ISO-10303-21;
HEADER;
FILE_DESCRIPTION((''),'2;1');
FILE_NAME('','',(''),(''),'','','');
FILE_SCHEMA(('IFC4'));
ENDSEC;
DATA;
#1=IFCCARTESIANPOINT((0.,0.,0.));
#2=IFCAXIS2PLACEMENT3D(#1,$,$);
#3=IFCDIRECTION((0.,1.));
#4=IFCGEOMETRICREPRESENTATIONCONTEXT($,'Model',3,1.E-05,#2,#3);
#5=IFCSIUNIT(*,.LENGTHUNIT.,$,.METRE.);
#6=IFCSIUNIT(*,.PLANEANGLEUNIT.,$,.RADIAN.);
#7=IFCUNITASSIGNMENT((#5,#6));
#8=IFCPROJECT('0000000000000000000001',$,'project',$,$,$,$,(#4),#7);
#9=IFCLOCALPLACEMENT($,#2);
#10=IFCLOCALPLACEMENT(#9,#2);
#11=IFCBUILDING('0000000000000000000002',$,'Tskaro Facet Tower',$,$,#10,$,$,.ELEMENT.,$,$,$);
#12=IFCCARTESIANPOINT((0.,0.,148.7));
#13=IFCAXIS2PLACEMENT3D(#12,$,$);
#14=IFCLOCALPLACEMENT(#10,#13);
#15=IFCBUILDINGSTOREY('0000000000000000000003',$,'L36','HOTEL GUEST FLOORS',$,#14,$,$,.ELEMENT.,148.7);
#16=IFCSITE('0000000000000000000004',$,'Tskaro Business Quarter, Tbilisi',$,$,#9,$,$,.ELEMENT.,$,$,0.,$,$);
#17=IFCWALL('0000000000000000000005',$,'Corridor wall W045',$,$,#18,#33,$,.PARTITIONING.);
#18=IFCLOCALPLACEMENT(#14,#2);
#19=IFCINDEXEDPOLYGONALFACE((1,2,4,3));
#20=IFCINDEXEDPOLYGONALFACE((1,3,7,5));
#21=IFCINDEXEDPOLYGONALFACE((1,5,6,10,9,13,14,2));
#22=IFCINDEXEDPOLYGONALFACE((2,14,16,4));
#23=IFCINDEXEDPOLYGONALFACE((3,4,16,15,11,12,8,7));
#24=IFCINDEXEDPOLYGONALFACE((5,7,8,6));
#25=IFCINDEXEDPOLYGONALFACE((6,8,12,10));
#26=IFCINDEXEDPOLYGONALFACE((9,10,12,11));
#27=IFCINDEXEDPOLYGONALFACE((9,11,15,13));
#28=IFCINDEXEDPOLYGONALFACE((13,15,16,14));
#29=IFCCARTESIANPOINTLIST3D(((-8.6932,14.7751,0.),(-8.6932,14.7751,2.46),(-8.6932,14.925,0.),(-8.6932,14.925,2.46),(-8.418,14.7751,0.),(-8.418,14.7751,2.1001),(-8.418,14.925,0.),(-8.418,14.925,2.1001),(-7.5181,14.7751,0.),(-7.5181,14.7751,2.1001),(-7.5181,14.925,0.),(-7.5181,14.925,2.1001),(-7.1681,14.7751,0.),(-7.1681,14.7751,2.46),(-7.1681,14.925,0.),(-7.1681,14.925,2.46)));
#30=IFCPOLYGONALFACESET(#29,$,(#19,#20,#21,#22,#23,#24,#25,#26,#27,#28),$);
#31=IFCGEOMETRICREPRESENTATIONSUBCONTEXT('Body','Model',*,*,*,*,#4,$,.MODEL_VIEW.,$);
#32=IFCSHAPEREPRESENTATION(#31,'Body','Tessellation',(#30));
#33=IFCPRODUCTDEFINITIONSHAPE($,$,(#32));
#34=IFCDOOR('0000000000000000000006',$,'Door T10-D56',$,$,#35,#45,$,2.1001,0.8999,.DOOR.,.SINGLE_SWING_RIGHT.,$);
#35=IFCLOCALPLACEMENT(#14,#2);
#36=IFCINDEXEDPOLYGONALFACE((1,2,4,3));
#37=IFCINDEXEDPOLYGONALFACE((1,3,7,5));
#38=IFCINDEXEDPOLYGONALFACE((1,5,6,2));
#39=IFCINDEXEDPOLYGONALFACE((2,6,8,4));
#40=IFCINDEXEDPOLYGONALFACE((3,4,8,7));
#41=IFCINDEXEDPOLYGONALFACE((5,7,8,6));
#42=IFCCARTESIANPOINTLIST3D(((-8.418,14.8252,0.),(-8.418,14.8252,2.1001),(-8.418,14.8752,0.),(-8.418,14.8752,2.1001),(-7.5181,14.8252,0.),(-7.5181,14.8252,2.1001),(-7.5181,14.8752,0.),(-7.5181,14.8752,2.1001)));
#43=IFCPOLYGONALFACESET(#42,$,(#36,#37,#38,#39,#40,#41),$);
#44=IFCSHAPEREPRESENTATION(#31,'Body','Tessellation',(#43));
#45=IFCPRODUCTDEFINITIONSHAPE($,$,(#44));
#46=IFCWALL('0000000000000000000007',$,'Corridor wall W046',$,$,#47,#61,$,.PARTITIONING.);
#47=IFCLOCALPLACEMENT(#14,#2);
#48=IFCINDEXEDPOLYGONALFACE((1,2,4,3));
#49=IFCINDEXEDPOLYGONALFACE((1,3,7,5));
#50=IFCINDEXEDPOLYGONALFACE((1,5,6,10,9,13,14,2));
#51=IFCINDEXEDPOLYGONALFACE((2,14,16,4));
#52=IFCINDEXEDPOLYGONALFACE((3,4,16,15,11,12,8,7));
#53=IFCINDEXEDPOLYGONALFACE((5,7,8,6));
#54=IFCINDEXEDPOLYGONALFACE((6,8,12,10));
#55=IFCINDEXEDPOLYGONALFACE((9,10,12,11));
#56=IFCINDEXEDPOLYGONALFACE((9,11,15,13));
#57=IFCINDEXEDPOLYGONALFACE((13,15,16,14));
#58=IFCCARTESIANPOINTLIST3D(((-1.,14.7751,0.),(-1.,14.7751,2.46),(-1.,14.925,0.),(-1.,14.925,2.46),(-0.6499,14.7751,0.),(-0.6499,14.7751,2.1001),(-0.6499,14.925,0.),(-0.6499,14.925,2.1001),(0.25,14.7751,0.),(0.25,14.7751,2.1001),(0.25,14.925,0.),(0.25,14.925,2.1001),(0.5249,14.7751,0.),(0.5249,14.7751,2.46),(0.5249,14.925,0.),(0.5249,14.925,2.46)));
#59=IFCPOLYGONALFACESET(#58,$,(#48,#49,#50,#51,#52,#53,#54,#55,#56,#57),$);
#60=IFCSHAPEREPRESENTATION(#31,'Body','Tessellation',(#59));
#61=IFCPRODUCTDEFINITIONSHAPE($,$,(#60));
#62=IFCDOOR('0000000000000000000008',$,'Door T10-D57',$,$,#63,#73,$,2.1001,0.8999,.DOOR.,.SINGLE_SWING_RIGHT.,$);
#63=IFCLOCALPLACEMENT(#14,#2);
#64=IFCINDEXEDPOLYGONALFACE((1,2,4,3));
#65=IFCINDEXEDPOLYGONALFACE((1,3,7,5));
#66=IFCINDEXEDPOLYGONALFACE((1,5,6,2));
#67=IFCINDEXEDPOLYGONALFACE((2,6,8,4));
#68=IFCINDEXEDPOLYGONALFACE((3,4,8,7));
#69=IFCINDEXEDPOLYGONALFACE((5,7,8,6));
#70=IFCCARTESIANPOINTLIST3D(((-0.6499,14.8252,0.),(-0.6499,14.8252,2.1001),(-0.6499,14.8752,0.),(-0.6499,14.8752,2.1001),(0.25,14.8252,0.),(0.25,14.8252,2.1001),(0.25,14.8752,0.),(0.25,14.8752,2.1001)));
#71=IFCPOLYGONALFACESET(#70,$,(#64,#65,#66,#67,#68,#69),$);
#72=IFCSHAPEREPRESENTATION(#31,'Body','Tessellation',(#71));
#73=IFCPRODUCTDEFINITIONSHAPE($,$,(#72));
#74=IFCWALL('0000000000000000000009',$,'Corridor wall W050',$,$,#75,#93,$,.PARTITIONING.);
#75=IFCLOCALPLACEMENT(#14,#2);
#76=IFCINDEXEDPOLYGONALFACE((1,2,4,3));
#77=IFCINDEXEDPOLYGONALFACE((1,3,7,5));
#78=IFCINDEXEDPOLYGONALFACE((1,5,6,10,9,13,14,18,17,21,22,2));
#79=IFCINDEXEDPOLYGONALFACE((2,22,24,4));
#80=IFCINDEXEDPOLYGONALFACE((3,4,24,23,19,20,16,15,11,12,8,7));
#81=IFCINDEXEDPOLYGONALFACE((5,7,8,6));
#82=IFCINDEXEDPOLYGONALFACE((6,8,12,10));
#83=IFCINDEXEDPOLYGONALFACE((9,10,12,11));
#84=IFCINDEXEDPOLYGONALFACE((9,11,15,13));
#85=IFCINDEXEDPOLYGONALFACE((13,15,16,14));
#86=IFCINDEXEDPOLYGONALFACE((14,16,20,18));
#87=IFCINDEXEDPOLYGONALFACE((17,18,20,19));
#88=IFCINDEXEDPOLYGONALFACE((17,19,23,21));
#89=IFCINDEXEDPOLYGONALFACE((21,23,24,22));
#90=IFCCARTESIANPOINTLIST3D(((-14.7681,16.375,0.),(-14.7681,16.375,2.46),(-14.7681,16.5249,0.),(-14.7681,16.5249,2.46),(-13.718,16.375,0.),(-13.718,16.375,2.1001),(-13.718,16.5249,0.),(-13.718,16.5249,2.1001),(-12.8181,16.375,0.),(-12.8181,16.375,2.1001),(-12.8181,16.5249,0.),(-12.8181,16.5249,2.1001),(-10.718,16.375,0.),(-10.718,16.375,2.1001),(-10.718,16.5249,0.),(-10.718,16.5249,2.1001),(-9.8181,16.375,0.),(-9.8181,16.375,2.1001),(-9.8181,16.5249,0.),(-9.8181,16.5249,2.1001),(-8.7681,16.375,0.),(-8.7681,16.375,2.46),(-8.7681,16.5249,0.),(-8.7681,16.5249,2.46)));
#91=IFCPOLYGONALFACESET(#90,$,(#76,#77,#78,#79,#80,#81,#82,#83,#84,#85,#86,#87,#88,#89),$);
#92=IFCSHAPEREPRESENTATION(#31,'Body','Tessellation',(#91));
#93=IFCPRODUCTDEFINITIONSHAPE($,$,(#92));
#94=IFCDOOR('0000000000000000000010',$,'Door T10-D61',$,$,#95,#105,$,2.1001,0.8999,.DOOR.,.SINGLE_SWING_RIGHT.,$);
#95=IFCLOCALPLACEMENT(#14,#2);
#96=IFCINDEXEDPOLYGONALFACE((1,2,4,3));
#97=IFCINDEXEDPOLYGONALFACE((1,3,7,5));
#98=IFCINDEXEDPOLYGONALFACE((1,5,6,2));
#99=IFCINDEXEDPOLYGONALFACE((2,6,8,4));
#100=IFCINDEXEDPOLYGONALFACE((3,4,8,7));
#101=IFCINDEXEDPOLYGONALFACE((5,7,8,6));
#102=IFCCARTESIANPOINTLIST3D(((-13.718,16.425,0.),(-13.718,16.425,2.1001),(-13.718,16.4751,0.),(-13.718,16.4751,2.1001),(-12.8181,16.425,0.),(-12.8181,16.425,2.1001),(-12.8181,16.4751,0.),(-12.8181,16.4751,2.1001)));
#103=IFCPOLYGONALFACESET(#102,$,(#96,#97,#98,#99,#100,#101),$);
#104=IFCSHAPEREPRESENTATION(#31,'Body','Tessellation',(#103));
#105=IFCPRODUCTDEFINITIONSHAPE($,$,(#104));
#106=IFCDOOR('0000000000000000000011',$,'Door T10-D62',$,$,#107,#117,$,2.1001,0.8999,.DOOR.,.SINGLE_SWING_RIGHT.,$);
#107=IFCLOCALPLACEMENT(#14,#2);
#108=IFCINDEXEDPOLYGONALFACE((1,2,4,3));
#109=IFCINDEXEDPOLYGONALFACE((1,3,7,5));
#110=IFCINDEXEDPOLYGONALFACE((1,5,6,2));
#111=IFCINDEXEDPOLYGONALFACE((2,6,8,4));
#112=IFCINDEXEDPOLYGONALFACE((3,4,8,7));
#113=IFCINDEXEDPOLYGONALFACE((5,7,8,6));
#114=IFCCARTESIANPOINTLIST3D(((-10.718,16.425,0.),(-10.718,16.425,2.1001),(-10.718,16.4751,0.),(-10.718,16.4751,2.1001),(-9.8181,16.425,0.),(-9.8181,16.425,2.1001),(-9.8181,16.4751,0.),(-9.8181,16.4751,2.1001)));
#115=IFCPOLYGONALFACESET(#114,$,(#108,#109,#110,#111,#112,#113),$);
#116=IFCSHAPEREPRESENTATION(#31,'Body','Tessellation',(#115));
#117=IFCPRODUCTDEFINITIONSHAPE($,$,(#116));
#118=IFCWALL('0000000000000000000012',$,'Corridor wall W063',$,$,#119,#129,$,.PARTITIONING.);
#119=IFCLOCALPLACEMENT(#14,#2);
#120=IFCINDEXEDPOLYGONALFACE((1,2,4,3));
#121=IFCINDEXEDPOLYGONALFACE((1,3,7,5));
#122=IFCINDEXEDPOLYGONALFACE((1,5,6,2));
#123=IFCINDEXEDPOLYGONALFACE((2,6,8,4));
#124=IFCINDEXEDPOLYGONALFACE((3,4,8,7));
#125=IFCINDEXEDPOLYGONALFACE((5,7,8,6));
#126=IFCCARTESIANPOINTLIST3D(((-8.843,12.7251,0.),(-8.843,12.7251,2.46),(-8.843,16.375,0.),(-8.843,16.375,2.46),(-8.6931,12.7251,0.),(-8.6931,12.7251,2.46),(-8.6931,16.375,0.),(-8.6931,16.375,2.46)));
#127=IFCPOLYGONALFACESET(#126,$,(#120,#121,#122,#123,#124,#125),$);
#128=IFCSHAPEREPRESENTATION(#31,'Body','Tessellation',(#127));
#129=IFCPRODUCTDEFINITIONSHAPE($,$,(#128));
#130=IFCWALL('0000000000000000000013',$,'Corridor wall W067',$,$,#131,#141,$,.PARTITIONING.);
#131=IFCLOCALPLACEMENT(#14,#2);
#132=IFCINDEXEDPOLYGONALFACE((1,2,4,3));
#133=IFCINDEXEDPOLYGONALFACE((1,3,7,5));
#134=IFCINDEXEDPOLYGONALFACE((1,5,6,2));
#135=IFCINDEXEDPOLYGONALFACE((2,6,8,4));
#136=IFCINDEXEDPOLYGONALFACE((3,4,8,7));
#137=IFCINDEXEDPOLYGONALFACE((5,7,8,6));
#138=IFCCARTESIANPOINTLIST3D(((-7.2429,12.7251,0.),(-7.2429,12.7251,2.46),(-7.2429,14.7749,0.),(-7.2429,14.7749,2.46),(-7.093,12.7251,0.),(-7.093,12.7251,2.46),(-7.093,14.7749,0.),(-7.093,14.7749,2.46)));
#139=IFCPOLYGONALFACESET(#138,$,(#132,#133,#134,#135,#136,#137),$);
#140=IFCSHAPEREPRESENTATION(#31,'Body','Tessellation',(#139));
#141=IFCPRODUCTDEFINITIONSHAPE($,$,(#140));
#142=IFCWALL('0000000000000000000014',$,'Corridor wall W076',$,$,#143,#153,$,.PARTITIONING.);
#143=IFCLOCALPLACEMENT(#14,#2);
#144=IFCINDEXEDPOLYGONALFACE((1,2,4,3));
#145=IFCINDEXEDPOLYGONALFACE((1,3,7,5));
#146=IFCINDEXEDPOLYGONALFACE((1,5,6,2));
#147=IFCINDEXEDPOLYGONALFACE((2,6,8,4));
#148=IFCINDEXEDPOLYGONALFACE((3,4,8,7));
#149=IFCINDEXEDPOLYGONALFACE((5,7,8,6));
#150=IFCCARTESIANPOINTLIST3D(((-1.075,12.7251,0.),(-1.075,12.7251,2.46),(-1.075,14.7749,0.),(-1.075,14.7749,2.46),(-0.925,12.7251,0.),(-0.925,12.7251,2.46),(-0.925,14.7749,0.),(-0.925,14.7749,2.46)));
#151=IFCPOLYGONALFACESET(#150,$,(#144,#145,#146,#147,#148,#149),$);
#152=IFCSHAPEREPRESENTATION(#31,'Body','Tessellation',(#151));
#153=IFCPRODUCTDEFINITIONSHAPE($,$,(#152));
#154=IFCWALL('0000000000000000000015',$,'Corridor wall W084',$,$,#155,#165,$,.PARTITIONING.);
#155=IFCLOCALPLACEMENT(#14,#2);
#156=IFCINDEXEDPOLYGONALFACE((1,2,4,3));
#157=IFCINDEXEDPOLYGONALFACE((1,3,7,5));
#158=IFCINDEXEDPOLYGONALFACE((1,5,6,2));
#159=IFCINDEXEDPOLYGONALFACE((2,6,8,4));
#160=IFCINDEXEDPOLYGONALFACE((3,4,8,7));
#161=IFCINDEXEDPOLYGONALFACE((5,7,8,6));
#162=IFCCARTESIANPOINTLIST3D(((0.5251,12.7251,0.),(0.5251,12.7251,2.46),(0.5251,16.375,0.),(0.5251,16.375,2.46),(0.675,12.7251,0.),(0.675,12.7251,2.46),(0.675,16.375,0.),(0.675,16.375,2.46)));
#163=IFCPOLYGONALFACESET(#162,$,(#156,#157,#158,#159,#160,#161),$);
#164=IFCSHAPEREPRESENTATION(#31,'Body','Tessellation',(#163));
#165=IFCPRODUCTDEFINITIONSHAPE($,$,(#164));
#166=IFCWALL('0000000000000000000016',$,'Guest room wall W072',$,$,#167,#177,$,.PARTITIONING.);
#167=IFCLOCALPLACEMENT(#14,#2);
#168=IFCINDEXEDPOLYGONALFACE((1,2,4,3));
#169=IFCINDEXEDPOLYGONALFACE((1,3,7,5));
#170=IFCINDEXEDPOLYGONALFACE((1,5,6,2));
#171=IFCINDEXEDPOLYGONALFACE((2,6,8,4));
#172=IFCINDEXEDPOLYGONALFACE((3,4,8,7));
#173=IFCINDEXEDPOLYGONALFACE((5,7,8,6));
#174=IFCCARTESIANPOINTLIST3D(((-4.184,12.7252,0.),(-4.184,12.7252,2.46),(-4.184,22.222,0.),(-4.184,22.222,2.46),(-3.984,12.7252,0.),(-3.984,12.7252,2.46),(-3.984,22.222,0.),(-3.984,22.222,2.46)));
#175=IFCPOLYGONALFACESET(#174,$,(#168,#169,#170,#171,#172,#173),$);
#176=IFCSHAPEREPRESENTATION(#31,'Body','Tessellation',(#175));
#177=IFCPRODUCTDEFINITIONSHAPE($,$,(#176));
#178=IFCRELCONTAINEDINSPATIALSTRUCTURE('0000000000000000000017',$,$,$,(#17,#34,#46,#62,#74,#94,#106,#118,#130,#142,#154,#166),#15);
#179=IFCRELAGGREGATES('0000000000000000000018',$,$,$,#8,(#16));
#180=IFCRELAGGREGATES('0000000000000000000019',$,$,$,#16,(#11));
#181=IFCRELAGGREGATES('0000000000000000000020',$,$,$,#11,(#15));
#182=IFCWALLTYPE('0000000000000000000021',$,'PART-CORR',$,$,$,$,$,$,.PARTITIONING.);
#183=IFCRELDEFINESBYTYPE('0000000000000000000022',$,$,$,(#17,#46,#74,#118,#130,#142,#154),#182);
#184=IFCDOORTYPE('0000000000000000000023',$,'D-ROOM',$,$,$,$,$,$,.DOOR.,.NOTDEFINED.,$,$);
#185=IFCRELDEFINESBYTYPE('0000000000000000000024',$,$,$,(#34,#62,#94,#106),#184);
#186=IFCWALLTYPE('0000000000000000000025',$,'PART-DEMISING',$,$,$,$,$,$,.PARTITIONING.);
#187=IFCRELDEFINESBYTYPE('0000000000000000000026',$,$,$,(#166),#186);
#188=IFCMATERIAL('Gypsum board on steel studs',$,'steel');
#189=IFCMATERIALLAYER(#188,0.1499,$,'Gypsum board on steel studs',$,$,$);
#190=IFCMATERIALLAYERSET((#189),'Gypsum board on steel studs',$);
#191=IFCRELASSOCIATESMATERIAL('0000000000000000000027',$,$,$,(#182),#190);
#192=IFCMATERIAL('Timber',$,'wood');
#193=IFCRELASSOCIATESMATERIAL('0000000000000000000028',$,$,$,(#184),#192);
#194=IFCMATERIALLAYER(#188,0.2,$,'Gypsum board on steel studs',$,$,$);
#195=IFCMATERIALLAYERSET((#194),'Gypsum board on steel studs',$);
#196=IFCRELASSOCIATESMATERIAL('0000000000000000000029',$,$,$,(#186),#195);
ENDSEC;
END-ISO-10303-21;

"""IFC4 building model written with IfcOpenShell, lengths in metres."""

from ifc_helpers import new_model, si_unit, direction, frame, frame_2d, origin, place, context, subcontext, project, spatial, rectangle, extrude, material, layer, layer_set, type_object, element, fill, save


model = new_model("IFC4")

# Units and contexts
model_context = context("Model", 3, precision=1e-05, world=origin(), true_north=direction((0.0, 1.0)))
body_context = subcontext(model_context, "Body", "Model", "MODEL_VIEW")
ifc_project = project(units=[si_unit("LENGTHUNIT", "METRE"), si_unit("PLANEANGLEUNIT", "RADIAN")], contexts=[model_context])

# Site, building, storey
site_placement = place(None, origin())
site = spatial("IfcSite", under=ifc_project, at=site_placement, Name="Tskaro Business Quarter, Tbilisi", CompositionType="ELEMENT", RefElevation=0.0)
building_placement = place(site_placement, origin())
building = spatial("IfcBuilding", under=site, at=building_placement, Name="Tskaro Facet Tower", CompositionType="ELEMENT")
storey_placement = place(building_placement, frame((0.0, 0.0, 148.7)))
storey = spatial("IfcBuildingStorey", under=building, at=storey_placement, Name="L36", Description="HOTEL GUEST FLOORS", CompositionType="ELEMENT", Elevation=148.7)

# Walls, openings, doors
ifc_material_1 = material(Name="Gypsum board on steel studs", Category="steel")
ifc_layer_1 = layer(ifc_material_1, 0.1499, Name="Gypsum board on steel studs")
ifc_layer_set_1 = layer_set([ifc_layer_1], Name="Gypsum board on steel studs")
wall_type_1 = type_object("IfcWallType", Name="PART-CORR", PredefinedType="PARTITIONING", material=ifc_layer_set_1)
wall_1_placement = place(storey_placement, frame((-7.168, 14.8501, 0.0), z_axis=(0.0, 0.0, 1.0), x_axis=(-1.0, 0.0, 0.0)))
wall_1 = element("IfcWall", 1, at=wall_1_placement, inside=storey, type_object=wall_type_1, Name="Corridor wall W045", PredefinedType="PARTITIONING", context=body_context, shape_type="SweptSolid", body=[
    extrude(rectangle(XDim=1.5251, YDim=0.1499, at=frame_2d((0.7627, 0.0))), origin(), (0.0, 0.0, 1.0), 2.46),
])
opening_1_placement = place(wall_1_placement, frame((0.3501, 0.0, 0.0)))
opening_1 = element("IfcOpeningElement", 2, at=opening_1_placement, cuts=wall_1, PredefinedType="OPENING", context=body_context, shape_type="SweptSolid", body=[
    extrude(rectangle(XDim=0.8999, YDim=2.1001, at=frame_2d((0.45, 1.05))), frame((0.0, 0.085, 0.0), z_axis=(0.0, -1.0, 0.0), x_axis=(1.0, 0.0, 0.0)), (0.0, 0.0, 1.0), 0.1699),
])
ifc_material_2 = material(Name="Timber", Category="wood")
door_type_1 = type_object("IfcDoorType", Name="D-ROOM", OperationType="NOTDEFINED", PredefinedType="DOOR", material=ifc_material_2)
door_1_placement = place(opening_1_placement, origin())
door_1 = element("IfcDoor", 3, at=door_1_placement, inside=storey, type_object=door_type_1, Name="Door T10-D56", OperationType="SINGLE_SWING_RIGHT", OverallHeight=2.1001, OverallWidth=0.8999, PredefinedType="DOOR", context=body_context, shape_type="SweptSolid", body=[
    extrude(rectangle(XDim=0.8999, YDim=2.1001, at=frame_2d((0.45, 1.05))), frame((0.0, 0.0249, 0.0), z_axis=(0.0, -1.0, 0.0), x_axis=(1.0, 0.0, 0.0)), (0.0, 0.0, 1.0), 0.05),
])
fill(opening_1, door_1)
wall_2_placement = place(storey_placement, frame((0.5249, 14.8501, 0.0), z_axis=(0.0, 0.0, 1.0), x_axis=(-1.0, 0.0, 0.0)))
wall_2 = element("IfcWall", 4, at=wall_2_placement, inside=storey, type_object=wall_type_1, Name="Corridor wall W046", PredefinedType="PARTITIONING", context=body_context, shape_type="SweptSolid", body=[
    extrude(rectangle(XDim=1.5249, YDim=0.1499, at=frame_2d((0.7625, 0.0))), origin(), (0.0, 0.0, 1.0), 2.46),
])
opening_2_placement = place(wall_2_placement, frame((0.2749, 0.0, 0.0)))
opening_2 = element("IfcOpeningElement", 5, at=opening_2_placement, cuts=wall_2, PredefinedType="OPENING", context=body_context, shape_type="SweptSolid", body=[
    extrude(rectangle(XDim=0.8999, YDim=2.1001, at=frame_2d((0.45, 1.05))), frame((0.0, 0.085, 0.0), z_axis=(0.0, -1.0, 0.0), x_axis=(1.0, 0.0, 0.0)), (0.0, 0.0, 1.0), 0.1699),
])
door_2_placement = place(opening_2_placement, origin())
door_2 = element("IfcDoor", 6, at=door_2_placement, inside=storey, type_object=door_type_1, Name="Door T10-D57", OperationType="SINGLE_SWING_RIGHT", OverallHeight=2.1001, OverallWidth=0.8999, PredefinedType="DOOR", context=body_context, shape_type="SweptSolid", body=[
    extrude(rectangle(XDim=0.8999, YDim=2.1001, at=frame_2d((0.45, 1.05))), frame((0.0, 0.0249, 0.0), z_axis=(0.0, -1.0, 0.0), x_axis=(1.0, 0.0, 0.0)), (0.0, 0.0, 1.0), 0.05),
])
fill(opening_2, door_2)

# Wall, openings, doors
wall_3_placement = place(storey_placement, frame((-8.7681, 16.45, 0.0), z_axis=(0.0, 0.0, 1.0), x_axis=(-1.0, 0.0, 0.0)))
wall_3 = element("IfcWall", 7, at=wall_3_placement, inside=storey, type_object=wall_type_1, Name="Corridor wall W050", PredefinedType="PARTITIONING", context=body_context, shape_type="SweptSolid", body=[
    extrude(rectangle(XDim=6.0, YDim=0.1499, at=frame_2d((3.0, 0.0))), origin(), (0.0, 0.0, 1.0), 2.46),
])
opening_3_placement = place(wall_3_placement, frame((4.05, 0.0, 0.0)))
opening_3 = element("IfcOpeningElement", 8, at=opening_3_placement, cuts=wall_3, PredefinedType="OPENING", context=body_context, shape_type="SweptSolid", body=[
    extrude(rectangle(XDim=0.8999, YDim=2.1001, at=frame_2d((0.45, 1.05))), frame((0.0, 0.085, 0.0), z_axis=(0.0, -1.0, 0.0), x_axis=(1.0, 0.0, 0.0)), (0.0, 0.0, 1.0), 0.1699),
])
opening_4_placement = place(wall_3_placement, frame((1.05, 0.0, 0.0)))
opening_4 = element("IfcOpeningElement", 9, at=opening_4_placement, cuts=wall_3, PredefinedType="OPENING", context=body_context, shape_type="SweptSolid", body=[
    extrude(rectangle(XDim=0.8999, YDim=2.1001, at=frame_2d((0.45, 1.05))), frame((0.0, 0.085, 0.0), z_axis=(0.0, -1.0, 0.0), x_axis=(1.0, 0.0, 0.0)), (0.0, 0.0, 1.0), 0.1699),
])
door_3_placement = place(opening_3_placement, origin())
door_3 = element("IfcDoor", 10, at=door_3_placement, inside=storey, type_object=door_type_1, Name="Door T10-D61", OperationType="SINGLE_SWING_RIGHT", OverallHeight=2.1001, OverallWidth=0.8999, PredefinedType="DOOR", context=body_context, shape_type="SweptSolid", body=[
    extrude(rectangle(XDim=0.8999, YDim=2.1001, at=frame_2d((0.45, 1.05))), frame((0.0, 0.0249, 0.0), z_axis=(0.0, -1.0, 0.0), x_axis=(1.0, 0.0, 0.0)), (0.0, 0.0, 1.0), 0.05),
])
fill(opening_3, door_3)
door_4_placement = place(opening_4_placement, origin())
door_4 = element("IfcDoor", 11, at=door_4_placement, inside=storey, type_object=door_type_1, Name="Door T10-D62", OperationType="SINGLE_SWING_RIGHT", OverallHeight=2.1001, OverallWidth=0.8999, PredefinedType="DOOR", context=body_context, shape_type="SweptSolid", body=[
    extrude(rectangle(XDim=0.8999, YDim=2.1001, at=frame_2d((0.45, 1.05))), frame((0.0, 0.0249, 0.0), z_axis=(0.0, -1.0, 0.0), x_axis=(1.0, 0.0, 0.0)), (0.0, 0.0, 1.0), 0.05),
])
fill(opening_4, door_4)

# Walls
wall_4_placement = place(storey_placement, frame((-8.7681, 12.7251, 0.0), z_axis=(0.0, 0.0, 1.0), x_axis=(0.0, 1.0, 0.0)))
element("IfcWall", 12, at=wall_4_placement, inside=storey, type_object=wall_type_1, Name="Corridor wall W063", PredefinedType="PARTITIONING", context=body_context, shape_type="SweptSolid", body=[
    extrude(rectangle(XDim=3.6499, YDim=0.1499, at=frame_2d((1.825, 0.0))), origin(), (0.0, 0.0, 1.0), 2.46),
])
for number, where, z_axis, x_axis, name in (
    (13, (-7.168, 12.7251, 0.0), (0.0, 0.0, 1.0), (0.0, 1.0, 0.0), "Corridor wall W067"),
    (14, (-1.0, 12.7251, 0.0), (0.0, 0.0, 1.0), (0.0, 1.0, 0.0), "Corridor wall W076"),
):
    element("IfcWall", number, at=place(storey_placement, frame(where, z_axis=z_axis, x_axis=x_axis)), inside=storey, type_object=wall_type_1, Name=name, PredefinedType="PARTITIONING", context=body_context, shape_type="SweptSolid", body=[
        extrude(rectangle(XDim=2.0498, YDim=0.1499, at=frame_2d((1.0249, 0.0))), origin(), (0.0, 0.0, 1.0), 2.46),
    ])
wall_5_placement = place(storey_placement, frame((0.6001, 12.7251, 0.0), z_axis=(0.0, 0.0, 1.0), x_axis=(0.0, 1.0, 0.0)))
element("IfcWall", 15, at=wall_5_placement, inside=storey, type_object=wall_type_1, Name="Corridor wall W084", PredefinedType="PARTITIONING", context=body_context, shape_type="SweptSolid", body=[
    extrude(rectangle(XDim=3.6499, YDim=0.1499, at=frame_2d((1.825, 0.0))), origin(), (0.0, 0.0, 1.0), 2.46),
])
ifc_layer_2 = layer(ifc_material_1, 0.2, Name="Gypsum board on steel studs")
ifc_layer_set_2 = layer_set([ifc_layer_2], Name="Gypsum board on steel studs")
wall_type_2 = type_object("IfcWallType", Name="PART-DEMISING", PredefinedType="PARTITIONING", material=ifc_layer_set_2)
wall_6_placement = place(storey_placement, frame((-4.084, 12.7251, 0.0), z_axis=(0.0, 0.0, 1.0), x_axis=(0.0, 1.0, 0.0)))
element("IfcWall", 16, at=wall_6_placement, inside=storey, type_object=wall_type_2, Name="Guest room wall W072", PredefinedType="PARTITIONING", context=body_context, shape_type="SweptSolid", body=[
    extrude(rectangle(XDim=9.4968, YDim=0.2, at=frame_2d((4.7485, 0.0))), origin(), (0.0, 0.0, 1.0), 2.46),
])

save(model, "model.ifc")
